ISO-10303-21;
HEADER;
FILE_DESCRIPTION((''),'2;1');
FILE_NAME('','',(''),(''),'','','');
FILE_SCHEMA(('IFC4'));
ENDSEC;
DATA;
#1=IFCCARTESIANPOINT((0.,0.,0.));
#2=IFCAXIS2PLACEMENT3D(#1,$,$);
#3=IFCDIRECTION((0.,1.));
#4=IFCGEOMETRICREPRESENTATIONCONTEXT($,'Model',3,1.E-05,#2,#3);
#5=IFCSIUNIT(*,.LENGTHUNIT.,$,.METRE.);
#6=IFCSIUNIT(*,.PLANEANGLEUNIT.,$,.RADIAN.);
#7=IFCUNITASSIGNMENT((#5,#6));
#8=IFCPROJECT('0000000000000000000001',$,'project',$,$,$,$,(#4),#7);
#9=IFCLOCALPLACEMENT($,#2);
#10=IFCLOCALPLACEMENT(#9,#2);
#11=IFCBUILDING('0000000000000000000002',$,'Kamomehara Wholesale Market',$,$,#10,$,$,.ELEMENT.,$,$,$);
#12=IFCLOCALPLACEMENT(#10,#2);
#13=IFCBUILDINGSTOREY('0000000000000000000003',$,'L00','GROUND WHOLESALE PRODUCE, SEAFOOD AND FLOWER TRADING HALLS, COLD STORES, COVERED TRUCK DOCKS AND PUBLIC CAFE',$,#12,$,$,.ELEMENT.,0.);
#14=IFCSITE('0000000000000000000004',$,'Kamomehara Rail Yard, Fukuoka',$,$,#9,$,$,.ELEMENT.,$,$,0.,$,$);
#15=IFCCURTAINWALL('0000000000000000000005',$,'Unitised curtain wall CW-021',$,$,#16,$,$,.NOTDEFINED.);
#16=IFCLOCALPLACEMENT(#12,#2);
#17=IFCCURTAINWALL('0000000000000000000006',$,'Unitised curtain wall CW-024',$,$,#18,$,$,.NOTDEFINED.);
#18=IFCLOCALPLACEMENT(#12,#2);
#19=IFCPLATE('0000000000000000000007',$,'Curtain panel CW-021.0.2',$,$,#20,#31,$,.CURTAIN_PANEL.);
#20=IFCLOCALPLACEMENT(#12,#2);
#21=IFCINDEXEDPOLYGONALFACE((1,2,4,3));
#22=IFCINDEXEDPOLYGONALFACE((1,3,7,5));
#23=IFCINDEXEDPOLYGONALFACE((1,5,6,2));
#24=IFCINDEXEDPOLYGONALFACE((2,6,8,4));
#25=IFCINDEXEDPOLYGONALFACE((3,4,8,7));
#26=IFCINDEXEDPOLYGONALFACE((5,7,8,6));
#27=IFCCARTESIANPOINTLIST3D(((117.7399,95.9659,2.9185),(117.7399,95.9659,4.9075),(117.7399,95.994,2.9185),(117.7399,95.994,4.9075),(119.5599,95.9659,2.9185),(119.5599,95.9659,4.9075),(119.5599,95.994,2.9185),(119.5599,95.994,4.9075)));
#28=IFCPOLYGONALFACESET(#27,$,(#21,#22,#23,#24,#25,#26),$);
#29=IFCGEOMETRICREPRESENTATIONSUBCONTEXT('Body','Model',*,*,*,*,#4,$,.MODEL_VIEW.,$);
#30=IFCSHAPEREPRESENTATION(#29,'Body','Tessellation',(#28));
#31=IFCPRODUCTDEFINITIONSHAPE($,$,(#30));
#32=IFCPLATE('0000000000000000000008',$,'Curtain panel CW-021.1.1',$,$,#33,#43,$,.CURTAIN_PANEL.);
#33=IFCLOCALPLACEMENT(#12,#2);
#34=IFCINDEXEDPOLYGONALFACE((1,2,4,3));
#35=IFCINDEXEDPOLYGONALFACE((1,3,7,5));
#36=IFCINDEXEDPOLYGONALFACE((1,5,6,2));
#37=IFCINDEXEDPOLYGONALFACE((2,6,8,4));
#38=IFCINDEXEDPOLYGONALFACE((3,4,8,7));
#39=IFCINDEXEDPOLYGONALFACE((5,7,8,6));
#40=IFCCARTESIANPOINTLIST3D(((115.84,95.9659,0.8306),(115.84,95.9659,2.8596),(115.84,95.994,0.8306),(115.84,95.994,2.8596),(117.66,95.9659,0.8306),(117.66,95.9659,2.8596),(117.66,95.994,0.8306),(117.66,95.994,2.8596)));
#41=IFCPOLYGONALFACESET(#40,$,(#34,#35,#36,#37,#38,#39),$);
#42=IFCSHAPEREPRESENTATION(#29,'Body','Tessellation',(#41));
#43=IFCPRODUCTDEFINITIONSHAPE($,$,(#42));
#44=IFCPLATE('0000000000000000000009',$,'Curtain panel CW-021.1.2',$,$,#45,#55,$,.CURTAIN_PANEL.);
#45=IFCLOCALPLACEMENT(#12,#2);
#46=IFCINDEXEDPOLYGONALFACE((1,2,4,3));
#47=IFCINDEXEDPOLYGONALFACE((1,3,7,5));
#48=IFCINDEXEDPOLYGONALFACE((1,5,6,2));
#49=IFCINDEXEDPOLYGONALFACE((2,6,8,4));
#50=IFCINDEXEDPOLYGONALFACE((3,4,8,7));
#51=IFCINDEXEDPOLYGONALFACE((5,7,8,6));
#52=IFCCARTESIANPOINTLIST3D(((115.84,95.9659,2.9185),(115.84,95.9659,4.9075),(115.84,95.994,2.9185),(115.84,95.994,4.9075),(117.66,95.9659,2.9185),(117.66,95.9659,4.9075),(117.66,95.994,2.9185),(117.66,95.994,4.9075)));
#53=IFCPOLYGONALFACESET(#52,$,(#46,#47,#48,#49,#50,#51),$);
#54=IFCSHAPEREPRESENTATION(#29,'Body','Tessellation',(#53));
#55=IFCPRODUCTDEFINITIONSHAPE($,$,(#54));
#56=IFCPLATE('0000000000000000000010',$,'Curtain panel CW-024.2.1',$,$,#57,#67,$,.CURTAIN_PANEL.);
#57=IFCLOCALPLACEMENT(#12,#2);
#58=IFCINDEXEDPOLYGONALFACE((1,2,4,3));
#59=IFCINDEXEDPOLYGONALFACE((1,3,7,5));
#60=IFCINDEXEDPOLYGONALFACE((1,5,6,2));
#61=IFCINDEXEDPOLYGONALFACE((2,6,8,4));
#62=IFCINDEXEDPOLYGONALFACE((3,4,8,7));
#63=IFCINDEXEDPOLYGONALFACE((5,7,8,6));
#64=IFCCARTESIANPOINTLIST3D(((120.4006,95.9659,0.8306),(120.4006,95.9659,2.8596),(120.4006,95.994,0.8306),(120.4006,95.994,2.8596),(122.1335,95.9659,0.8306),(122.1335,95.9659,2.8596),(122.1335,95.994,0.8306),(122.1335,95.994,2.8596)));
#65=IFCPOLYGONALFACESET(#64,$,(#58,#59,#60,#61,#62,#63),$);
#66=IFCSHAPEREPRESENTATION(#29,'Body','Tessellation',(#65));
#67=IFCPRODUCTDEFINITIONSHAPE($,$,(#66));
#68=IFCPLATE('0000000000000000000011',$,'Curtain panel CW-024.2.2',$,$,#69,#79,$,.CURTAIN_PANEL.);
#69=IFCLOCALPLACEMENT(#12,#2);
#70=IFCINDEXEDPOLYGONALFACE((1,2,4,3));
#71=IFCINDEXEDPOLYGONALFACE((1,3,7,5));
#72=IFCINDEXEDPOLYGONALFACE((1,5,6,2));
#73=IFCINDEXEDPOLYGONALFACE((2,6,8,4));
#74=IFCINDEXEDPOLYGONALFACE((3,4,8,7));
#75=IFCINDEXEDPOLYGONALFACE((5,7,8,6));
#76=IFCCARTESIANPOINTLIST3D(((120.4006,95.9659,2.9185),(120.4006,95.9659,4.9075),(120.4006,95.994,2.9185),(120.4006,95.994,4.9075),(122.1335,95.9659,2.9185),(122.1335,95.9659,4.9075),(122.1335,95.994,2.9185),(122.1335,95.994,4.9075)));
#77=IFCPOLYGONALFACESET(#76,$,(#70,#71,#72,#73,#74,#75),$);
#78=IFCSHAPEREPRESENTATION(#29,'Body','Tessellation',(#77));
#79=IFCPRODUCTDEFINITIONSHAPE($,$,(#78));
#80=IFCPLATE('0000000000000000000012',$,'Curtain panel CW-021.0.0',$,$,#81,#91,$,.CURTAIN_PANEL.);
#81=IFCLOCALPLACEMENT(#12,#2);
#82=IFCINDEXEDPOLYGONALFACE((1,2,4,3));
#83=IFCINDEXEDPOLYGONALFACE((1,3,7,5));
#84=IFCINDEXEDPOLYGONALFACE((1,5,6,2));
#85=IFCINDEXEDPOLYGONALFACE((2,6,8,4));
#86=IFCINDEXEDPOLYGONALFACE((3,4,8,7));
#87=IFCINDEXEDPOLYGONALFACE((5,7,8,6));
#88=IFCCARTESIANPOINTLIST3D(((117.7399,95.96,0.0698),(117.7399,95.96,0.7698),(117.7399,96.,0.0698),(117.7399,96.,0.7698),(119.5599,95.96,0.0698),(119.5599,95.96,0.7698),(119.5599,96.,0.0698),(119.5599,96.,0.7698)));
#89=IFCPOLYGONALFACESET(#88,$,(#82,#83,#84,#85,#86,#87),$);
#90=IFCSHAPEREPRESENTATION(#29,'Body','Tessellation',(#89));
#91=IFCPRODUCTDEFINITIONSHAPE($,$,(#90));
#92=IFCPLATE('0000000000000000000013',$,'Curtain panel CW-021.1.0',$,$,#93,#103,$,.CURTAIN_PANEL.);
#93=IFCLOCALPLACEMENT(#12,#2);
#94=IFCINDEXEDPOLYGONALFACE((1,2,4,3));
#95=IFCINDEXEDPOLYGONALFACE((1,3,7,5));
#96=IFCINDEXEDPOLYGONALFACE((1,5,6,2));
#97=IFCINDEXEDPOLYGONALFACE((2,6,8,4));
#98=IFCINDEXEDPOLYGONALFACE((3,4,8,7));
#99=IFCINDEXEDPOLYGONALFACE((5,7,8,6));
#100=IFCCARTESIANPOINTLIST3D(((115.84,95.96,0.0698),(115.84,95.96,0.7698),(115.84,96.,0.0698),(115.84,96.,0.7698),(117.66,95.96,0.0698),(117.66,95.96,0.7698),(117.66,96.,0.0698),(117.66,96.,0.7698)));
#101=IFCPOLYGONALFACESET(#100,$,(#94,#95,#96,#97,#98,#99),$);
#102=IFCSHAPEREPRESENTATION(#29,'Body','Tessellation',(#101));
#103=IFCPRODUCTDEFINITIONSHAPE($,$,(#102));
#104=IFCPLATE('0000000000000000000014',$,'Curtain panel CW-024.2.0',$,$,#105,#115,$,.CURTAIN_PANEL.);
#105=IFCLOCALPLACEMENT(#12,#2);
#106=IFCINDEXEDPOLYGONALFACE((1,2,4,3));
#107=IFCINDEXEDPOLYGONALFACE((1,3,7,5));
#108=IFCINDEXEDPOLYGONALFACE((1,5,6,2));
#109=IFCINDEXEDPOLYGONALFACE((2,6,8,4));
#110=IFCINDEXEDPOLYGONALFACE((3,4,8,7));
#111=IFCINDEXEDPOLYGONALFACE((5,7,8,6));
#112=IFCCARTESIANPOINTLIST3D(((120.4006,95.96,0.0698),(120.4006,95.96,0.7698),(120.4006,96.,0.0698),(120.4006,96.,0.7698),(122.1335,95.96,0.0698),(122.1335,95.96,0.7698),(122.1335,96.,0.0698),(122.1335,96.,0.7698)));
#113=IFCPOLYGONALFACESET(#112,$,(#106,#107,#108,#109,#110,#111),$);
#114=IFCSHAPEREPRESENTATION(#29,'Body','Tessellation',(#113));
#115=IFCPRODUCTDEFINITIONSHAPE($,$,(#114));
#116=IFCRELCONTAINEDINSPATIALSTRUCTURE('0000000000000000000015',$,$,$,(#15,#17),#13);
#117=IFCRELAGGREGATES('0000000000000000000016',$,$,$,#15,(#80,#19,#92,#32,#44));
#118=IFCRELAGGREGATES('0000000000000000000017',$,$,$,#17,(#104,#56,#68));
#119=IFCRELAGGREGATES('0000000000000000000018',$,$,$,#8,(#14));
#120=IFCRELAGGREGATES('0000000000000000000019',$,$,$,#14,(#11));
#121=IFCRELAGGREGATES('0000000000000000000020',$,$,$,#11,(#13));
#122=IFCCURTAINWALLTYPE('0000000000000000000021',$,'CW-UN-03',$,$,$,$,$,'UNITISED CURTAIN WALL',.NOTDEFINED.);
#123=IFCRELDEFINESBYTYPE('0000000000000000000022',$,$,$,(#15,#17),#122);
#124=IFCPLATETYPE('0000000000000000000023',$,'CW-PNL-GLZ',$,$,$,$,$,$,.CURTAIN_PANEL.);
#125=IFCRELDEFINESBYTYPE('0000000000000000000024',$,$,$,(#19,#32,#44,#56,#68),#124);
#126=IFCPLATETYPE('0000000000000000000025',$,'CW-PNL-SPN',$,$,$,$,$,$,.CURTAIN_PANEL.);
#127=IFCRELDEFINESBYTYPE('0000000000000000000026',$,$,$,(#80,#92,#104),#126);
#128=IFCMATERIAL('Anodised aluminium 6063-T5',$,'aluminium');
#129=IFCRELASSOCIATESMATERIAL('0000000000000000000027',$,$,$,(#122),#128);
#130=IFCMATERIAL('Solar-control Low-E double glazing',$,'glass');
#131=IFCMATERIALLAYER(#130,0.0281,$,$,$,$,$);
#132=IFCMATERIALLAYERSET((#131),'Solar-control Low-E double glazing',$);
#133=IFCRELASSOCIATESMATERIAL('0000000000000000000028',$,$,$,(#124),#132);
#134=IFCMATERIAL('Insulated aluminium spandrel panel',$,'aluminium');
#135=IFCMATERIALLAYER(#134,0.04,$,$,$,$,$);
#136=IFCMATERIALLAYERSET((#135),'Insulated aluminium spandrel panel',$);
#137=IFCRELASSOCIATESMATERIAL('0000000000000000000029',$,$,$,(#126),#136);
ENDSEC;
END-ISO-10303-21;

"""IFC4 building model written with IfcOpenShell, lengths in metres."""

from ifc_helpers import new_model, si_unit, direction, frame, origin, origin_2d, place, context, subcontext, project, spatial, rectangle, extrude, material, layer, layer_set, type_object, element, aggregate, save


model = new_model("IFC4")

# Units and contexts
model_context = context("Model", 3, precision=1e-05, world=origin(), true_north=direction((0.0, 1.0)))
body_context = subcontext(model_context, "Body", "Model", "MODEL_VIEW")
ifc_project = project(units=[si_unit("LENGTHUNIT", "METRE"), si_unit("PLANEANGLEUNIT", "RADIAN")], contexts=[model_context])

# Site, building, storey
site_placement = place(None, origin())
site = spatial("IfcSite", under=ifc_project, at=site_placement, Name="Kamomehara Rail Yard, Fukuoka", CompositionType="ELEMENT", RefElevation=0.0)
building_placement = place(site_placement, origin())
building = spatial("IfcBuilding", under=site, at=building_placement, Name="Kamomehara Wholesale Market", CompositionType="ELEMENT")
storey_placement = place(building_placement, origin())
storey = spatial("IfcBuildingStorey", under=building, at=storey_placement, Name="L00", Description="GROUND WHOLESALE PRODUCE, SEAFOOD AND FLOWER TRADING HALLS, COLD STORES, COVERED TRUCK DOCKS AND PUBLIC CAFE", CompositionType="ELEMENT", Elevation=0.0)

# Curtain wall
ifc_material_1 = material(Name="Anodised aluminium 6063-T5", Category="aluminium")
curtain_wall_type = type_object("IfcCurtainWallType", Name="CW-UN-03", ElementType="UNITISED CURTAIN WALL", PredefinedType="NOTDEFINED", material=ifc_material_1)
curtain_wall_1_placement = place(storey_placement, origin())
curtain_wall_1 = element("IfcCurtainWall", 1, at=curtain_wall_1_placement, inside=storey, type_object=curtain_wall_type, Name="Unitised curtain wall CW-021", PredefinedType="NOTDEFINED")

# Curtain wall
curtain_wall_2_placement = place(storey_placement, origin())
curtain_wall_2 = element("IfcCurtainWall", 2, at=curtain_wall_2_placement, inside=storey, type_object=curtain_wall_type, Name="Unitised curtain wall CW-024", PredefinedType="NOTDEFINED")

# Plates
ifc_material_2 = material(Name="Solar-control Low-E double glazing", Category="glass")
ifc_layer_1 = layer(ifc_material_2, 0.0281)
ifc_layer_set_1 = layer_set([ifc_layer_1], Name="Solar-control Low-E double glazing")
plate_type_1 = type_object("IfcPlateType", Name="CW-PNL-GLZ", PredefinedType="CURTAIN_PANEL", material=ifc_layer_set_1)
plate_1_placement = place(storey_placement, frame((118.6499, 95.98, 2.9185), z_axis=(0.0, 0.0, 1.0), x_axis=(-1.0, 0.0, 0.0)))
plate_1 = element("IfcPlate", 3, at=plate_1_placement, type_object=plate_type_1, Name="Curtain panel CW-021.0.2", PredefinedType="CURTAIN_PANEL", context=body_context, shape_type="SweptSolid", body=[
    extrude(rectangle(XDim=1.8201, YDim=0.0281, at=origin_2d()), origin(), (0.0, 0.0, 1.0), 1.989),
])
plate_2_placement = place(storey_placement, frame((116.75, 95.98, 0.8306), z_axis=(0.0, 0.0, 1.0), x_axis=(-1.0, 0.0, 0.0)))
plate_2 = element("IfcPlate", 4, at=plate_2_placement, type_object=plate_type_1, Name="Curtain panel CW-021.1.1", PredefinedType="CURTAIN_PANEL", context=body_context, shape_type="SweptSolid", body=[
    extrude(rectangle(XDim=1.8201, YDim=0.0281, at=origin_2d()), origin(), (0.0, 0.0, 1.0), 2.0291),
])
plate_3_placement = place(storey_placement, frame((116.75, 95.98, 2.9185), z_axis=(0.0, 0.0, 1.0), x_axis=(-1.0, 0.0, 0.0)))
plate_3 = element("IfcPlate", 5, at=plate_3_placement, type_object=plate_type_1, Name="Curtain panel CW-021.1.2", PredefinedType="CURTAIN_PANEL", context=body_context, shape_type="SweptSolid", body=[
    extrude(rectangle(XDim=1.8201, YDim=0.0281, at=origin_2d()), origin(), (0.0, 0.0, 1.0), 1.989),
])
plate_4_placement = place(storey_placement, frame((121.2671, 95.98, 0.8306), z_axis=(0.0, 0.0, 1.0), x_axis=(-1.0, 0.0, 0.0)))
plate_4 = element("IfcPlate", 6, at=plate_4_placement, type_object=plate_type_1, Name="Curtain panel CW-024.2.1", PredefinedType="CURTAIN_PANEL", context=body_context, shape_type="SweptSolid", body=[
    extrude(rectangle(XDim=1.7329, YDim=0.0281, at=origin_2d()), origin(), (0.0, 0.0, 1.0), 2.0291),
])
plate_5_placement = place(storey_placement, frame((121.2671, 95.98, 2.9185), z_axis=(0.0, 0.0, 1.0), x_axis=(-1.0, 0.0, 0.0)))
plate_5 = element("IfcPlate", 7, at=plate_5_placement, type_object=plate_type_1, Name="Curtain panel CW-024.2.2", PredefinedType="CURTAIN_PANEL", context=body_context, shape_type="SweptSolid", body=[
    extrude(rectangle(XDim=1.7329, YDim=0.0281, at=origin_2d()), origin(), (0.0, 0.0, 1.0), 1.989),
])
ifc_material_3 = material(Name="Insulated aluminium spandrel panel", Category="aluminium")
ifc_layer_2 = layer(ifc_material_3, 0.04)
ifc_layer_set_2 = layer_set([ifc_layer_2], Name="Insulated aluminium spandrel panel")
plate_type_2 = type_object("IfcPlateType", Name="CW-PNL-SPN", PredefinedType="CURTAIN_PANEL", material=ifc_layer_set_2)
plate_6_placement = place(storey_placement, frame((118.6499, 95.98, 0.0698), z_axis=(0.0, 0.0, 1.0), x_axis=(-1.0, 0.0, 0.0)))
plate_6 = element("IfcPlate", 8, at=plate_6_placement, type_object=plate_type_2, Name="Curtain panel CW-021.0.0", PredefinedType="CURTAIN_PANEL", context=body_context, shape_type="SweptSolid", body=[
    extrude(rectangle(XDim=1.8201, YDim=0.04, at=origin_2d()), origin(), (0.0, 0.0, 1.0), 0.7),
])
plate_7_placement = place(storey_placement, frame((116.75, 95.98, 0.0698), z_axis=(0.0, 0.0, 1.0), x_axis=(-1.0, 0.0, 0.0)))
plate_7 = element("IfcPlate", 9, at=plate_7_placement, type_object=plate_type_2, Name="Curtain panel CW-021.1.0", PredefinedType="CURTAIN_PANEL", context=body_context, shape_type="SweptSolid", body=[
    extrude(rectangle(XDim=1.8201, YDim=0.04, at=origin_2d()), origin(), (0.0, 0.0, 1.0), 0.7),
])
aggregate(curtain_wall_1, [plate_6, plate_1, plate_7, plate_2, plate_3])
plate_8_placement = place(storey_placement, frame((121.2671, 95.98, 0.0698), z_axis=(0.0, 0.0, 1.0), x_axis=(-1.0, 0.0, 0.0)))
plate_8 = element("IfcPlate", 10, at=plate_8_placement, type_object=plate_type_2, Name="Curtain panel CW-024.2.0", PredefinedType="CURTAIN_PANEL", context=body_context, shape_type="SweptSolid", body=[
    extrude(rectangle(XDim=1.7329, YDim=0.04, at=origin_2d()), origin(), (0.0, 0.0, 1.0), 0.7),
])
aggregate(curtain_wall_2, [plate_8, plate_4, plate_5])

save(model, "model.ifc")
